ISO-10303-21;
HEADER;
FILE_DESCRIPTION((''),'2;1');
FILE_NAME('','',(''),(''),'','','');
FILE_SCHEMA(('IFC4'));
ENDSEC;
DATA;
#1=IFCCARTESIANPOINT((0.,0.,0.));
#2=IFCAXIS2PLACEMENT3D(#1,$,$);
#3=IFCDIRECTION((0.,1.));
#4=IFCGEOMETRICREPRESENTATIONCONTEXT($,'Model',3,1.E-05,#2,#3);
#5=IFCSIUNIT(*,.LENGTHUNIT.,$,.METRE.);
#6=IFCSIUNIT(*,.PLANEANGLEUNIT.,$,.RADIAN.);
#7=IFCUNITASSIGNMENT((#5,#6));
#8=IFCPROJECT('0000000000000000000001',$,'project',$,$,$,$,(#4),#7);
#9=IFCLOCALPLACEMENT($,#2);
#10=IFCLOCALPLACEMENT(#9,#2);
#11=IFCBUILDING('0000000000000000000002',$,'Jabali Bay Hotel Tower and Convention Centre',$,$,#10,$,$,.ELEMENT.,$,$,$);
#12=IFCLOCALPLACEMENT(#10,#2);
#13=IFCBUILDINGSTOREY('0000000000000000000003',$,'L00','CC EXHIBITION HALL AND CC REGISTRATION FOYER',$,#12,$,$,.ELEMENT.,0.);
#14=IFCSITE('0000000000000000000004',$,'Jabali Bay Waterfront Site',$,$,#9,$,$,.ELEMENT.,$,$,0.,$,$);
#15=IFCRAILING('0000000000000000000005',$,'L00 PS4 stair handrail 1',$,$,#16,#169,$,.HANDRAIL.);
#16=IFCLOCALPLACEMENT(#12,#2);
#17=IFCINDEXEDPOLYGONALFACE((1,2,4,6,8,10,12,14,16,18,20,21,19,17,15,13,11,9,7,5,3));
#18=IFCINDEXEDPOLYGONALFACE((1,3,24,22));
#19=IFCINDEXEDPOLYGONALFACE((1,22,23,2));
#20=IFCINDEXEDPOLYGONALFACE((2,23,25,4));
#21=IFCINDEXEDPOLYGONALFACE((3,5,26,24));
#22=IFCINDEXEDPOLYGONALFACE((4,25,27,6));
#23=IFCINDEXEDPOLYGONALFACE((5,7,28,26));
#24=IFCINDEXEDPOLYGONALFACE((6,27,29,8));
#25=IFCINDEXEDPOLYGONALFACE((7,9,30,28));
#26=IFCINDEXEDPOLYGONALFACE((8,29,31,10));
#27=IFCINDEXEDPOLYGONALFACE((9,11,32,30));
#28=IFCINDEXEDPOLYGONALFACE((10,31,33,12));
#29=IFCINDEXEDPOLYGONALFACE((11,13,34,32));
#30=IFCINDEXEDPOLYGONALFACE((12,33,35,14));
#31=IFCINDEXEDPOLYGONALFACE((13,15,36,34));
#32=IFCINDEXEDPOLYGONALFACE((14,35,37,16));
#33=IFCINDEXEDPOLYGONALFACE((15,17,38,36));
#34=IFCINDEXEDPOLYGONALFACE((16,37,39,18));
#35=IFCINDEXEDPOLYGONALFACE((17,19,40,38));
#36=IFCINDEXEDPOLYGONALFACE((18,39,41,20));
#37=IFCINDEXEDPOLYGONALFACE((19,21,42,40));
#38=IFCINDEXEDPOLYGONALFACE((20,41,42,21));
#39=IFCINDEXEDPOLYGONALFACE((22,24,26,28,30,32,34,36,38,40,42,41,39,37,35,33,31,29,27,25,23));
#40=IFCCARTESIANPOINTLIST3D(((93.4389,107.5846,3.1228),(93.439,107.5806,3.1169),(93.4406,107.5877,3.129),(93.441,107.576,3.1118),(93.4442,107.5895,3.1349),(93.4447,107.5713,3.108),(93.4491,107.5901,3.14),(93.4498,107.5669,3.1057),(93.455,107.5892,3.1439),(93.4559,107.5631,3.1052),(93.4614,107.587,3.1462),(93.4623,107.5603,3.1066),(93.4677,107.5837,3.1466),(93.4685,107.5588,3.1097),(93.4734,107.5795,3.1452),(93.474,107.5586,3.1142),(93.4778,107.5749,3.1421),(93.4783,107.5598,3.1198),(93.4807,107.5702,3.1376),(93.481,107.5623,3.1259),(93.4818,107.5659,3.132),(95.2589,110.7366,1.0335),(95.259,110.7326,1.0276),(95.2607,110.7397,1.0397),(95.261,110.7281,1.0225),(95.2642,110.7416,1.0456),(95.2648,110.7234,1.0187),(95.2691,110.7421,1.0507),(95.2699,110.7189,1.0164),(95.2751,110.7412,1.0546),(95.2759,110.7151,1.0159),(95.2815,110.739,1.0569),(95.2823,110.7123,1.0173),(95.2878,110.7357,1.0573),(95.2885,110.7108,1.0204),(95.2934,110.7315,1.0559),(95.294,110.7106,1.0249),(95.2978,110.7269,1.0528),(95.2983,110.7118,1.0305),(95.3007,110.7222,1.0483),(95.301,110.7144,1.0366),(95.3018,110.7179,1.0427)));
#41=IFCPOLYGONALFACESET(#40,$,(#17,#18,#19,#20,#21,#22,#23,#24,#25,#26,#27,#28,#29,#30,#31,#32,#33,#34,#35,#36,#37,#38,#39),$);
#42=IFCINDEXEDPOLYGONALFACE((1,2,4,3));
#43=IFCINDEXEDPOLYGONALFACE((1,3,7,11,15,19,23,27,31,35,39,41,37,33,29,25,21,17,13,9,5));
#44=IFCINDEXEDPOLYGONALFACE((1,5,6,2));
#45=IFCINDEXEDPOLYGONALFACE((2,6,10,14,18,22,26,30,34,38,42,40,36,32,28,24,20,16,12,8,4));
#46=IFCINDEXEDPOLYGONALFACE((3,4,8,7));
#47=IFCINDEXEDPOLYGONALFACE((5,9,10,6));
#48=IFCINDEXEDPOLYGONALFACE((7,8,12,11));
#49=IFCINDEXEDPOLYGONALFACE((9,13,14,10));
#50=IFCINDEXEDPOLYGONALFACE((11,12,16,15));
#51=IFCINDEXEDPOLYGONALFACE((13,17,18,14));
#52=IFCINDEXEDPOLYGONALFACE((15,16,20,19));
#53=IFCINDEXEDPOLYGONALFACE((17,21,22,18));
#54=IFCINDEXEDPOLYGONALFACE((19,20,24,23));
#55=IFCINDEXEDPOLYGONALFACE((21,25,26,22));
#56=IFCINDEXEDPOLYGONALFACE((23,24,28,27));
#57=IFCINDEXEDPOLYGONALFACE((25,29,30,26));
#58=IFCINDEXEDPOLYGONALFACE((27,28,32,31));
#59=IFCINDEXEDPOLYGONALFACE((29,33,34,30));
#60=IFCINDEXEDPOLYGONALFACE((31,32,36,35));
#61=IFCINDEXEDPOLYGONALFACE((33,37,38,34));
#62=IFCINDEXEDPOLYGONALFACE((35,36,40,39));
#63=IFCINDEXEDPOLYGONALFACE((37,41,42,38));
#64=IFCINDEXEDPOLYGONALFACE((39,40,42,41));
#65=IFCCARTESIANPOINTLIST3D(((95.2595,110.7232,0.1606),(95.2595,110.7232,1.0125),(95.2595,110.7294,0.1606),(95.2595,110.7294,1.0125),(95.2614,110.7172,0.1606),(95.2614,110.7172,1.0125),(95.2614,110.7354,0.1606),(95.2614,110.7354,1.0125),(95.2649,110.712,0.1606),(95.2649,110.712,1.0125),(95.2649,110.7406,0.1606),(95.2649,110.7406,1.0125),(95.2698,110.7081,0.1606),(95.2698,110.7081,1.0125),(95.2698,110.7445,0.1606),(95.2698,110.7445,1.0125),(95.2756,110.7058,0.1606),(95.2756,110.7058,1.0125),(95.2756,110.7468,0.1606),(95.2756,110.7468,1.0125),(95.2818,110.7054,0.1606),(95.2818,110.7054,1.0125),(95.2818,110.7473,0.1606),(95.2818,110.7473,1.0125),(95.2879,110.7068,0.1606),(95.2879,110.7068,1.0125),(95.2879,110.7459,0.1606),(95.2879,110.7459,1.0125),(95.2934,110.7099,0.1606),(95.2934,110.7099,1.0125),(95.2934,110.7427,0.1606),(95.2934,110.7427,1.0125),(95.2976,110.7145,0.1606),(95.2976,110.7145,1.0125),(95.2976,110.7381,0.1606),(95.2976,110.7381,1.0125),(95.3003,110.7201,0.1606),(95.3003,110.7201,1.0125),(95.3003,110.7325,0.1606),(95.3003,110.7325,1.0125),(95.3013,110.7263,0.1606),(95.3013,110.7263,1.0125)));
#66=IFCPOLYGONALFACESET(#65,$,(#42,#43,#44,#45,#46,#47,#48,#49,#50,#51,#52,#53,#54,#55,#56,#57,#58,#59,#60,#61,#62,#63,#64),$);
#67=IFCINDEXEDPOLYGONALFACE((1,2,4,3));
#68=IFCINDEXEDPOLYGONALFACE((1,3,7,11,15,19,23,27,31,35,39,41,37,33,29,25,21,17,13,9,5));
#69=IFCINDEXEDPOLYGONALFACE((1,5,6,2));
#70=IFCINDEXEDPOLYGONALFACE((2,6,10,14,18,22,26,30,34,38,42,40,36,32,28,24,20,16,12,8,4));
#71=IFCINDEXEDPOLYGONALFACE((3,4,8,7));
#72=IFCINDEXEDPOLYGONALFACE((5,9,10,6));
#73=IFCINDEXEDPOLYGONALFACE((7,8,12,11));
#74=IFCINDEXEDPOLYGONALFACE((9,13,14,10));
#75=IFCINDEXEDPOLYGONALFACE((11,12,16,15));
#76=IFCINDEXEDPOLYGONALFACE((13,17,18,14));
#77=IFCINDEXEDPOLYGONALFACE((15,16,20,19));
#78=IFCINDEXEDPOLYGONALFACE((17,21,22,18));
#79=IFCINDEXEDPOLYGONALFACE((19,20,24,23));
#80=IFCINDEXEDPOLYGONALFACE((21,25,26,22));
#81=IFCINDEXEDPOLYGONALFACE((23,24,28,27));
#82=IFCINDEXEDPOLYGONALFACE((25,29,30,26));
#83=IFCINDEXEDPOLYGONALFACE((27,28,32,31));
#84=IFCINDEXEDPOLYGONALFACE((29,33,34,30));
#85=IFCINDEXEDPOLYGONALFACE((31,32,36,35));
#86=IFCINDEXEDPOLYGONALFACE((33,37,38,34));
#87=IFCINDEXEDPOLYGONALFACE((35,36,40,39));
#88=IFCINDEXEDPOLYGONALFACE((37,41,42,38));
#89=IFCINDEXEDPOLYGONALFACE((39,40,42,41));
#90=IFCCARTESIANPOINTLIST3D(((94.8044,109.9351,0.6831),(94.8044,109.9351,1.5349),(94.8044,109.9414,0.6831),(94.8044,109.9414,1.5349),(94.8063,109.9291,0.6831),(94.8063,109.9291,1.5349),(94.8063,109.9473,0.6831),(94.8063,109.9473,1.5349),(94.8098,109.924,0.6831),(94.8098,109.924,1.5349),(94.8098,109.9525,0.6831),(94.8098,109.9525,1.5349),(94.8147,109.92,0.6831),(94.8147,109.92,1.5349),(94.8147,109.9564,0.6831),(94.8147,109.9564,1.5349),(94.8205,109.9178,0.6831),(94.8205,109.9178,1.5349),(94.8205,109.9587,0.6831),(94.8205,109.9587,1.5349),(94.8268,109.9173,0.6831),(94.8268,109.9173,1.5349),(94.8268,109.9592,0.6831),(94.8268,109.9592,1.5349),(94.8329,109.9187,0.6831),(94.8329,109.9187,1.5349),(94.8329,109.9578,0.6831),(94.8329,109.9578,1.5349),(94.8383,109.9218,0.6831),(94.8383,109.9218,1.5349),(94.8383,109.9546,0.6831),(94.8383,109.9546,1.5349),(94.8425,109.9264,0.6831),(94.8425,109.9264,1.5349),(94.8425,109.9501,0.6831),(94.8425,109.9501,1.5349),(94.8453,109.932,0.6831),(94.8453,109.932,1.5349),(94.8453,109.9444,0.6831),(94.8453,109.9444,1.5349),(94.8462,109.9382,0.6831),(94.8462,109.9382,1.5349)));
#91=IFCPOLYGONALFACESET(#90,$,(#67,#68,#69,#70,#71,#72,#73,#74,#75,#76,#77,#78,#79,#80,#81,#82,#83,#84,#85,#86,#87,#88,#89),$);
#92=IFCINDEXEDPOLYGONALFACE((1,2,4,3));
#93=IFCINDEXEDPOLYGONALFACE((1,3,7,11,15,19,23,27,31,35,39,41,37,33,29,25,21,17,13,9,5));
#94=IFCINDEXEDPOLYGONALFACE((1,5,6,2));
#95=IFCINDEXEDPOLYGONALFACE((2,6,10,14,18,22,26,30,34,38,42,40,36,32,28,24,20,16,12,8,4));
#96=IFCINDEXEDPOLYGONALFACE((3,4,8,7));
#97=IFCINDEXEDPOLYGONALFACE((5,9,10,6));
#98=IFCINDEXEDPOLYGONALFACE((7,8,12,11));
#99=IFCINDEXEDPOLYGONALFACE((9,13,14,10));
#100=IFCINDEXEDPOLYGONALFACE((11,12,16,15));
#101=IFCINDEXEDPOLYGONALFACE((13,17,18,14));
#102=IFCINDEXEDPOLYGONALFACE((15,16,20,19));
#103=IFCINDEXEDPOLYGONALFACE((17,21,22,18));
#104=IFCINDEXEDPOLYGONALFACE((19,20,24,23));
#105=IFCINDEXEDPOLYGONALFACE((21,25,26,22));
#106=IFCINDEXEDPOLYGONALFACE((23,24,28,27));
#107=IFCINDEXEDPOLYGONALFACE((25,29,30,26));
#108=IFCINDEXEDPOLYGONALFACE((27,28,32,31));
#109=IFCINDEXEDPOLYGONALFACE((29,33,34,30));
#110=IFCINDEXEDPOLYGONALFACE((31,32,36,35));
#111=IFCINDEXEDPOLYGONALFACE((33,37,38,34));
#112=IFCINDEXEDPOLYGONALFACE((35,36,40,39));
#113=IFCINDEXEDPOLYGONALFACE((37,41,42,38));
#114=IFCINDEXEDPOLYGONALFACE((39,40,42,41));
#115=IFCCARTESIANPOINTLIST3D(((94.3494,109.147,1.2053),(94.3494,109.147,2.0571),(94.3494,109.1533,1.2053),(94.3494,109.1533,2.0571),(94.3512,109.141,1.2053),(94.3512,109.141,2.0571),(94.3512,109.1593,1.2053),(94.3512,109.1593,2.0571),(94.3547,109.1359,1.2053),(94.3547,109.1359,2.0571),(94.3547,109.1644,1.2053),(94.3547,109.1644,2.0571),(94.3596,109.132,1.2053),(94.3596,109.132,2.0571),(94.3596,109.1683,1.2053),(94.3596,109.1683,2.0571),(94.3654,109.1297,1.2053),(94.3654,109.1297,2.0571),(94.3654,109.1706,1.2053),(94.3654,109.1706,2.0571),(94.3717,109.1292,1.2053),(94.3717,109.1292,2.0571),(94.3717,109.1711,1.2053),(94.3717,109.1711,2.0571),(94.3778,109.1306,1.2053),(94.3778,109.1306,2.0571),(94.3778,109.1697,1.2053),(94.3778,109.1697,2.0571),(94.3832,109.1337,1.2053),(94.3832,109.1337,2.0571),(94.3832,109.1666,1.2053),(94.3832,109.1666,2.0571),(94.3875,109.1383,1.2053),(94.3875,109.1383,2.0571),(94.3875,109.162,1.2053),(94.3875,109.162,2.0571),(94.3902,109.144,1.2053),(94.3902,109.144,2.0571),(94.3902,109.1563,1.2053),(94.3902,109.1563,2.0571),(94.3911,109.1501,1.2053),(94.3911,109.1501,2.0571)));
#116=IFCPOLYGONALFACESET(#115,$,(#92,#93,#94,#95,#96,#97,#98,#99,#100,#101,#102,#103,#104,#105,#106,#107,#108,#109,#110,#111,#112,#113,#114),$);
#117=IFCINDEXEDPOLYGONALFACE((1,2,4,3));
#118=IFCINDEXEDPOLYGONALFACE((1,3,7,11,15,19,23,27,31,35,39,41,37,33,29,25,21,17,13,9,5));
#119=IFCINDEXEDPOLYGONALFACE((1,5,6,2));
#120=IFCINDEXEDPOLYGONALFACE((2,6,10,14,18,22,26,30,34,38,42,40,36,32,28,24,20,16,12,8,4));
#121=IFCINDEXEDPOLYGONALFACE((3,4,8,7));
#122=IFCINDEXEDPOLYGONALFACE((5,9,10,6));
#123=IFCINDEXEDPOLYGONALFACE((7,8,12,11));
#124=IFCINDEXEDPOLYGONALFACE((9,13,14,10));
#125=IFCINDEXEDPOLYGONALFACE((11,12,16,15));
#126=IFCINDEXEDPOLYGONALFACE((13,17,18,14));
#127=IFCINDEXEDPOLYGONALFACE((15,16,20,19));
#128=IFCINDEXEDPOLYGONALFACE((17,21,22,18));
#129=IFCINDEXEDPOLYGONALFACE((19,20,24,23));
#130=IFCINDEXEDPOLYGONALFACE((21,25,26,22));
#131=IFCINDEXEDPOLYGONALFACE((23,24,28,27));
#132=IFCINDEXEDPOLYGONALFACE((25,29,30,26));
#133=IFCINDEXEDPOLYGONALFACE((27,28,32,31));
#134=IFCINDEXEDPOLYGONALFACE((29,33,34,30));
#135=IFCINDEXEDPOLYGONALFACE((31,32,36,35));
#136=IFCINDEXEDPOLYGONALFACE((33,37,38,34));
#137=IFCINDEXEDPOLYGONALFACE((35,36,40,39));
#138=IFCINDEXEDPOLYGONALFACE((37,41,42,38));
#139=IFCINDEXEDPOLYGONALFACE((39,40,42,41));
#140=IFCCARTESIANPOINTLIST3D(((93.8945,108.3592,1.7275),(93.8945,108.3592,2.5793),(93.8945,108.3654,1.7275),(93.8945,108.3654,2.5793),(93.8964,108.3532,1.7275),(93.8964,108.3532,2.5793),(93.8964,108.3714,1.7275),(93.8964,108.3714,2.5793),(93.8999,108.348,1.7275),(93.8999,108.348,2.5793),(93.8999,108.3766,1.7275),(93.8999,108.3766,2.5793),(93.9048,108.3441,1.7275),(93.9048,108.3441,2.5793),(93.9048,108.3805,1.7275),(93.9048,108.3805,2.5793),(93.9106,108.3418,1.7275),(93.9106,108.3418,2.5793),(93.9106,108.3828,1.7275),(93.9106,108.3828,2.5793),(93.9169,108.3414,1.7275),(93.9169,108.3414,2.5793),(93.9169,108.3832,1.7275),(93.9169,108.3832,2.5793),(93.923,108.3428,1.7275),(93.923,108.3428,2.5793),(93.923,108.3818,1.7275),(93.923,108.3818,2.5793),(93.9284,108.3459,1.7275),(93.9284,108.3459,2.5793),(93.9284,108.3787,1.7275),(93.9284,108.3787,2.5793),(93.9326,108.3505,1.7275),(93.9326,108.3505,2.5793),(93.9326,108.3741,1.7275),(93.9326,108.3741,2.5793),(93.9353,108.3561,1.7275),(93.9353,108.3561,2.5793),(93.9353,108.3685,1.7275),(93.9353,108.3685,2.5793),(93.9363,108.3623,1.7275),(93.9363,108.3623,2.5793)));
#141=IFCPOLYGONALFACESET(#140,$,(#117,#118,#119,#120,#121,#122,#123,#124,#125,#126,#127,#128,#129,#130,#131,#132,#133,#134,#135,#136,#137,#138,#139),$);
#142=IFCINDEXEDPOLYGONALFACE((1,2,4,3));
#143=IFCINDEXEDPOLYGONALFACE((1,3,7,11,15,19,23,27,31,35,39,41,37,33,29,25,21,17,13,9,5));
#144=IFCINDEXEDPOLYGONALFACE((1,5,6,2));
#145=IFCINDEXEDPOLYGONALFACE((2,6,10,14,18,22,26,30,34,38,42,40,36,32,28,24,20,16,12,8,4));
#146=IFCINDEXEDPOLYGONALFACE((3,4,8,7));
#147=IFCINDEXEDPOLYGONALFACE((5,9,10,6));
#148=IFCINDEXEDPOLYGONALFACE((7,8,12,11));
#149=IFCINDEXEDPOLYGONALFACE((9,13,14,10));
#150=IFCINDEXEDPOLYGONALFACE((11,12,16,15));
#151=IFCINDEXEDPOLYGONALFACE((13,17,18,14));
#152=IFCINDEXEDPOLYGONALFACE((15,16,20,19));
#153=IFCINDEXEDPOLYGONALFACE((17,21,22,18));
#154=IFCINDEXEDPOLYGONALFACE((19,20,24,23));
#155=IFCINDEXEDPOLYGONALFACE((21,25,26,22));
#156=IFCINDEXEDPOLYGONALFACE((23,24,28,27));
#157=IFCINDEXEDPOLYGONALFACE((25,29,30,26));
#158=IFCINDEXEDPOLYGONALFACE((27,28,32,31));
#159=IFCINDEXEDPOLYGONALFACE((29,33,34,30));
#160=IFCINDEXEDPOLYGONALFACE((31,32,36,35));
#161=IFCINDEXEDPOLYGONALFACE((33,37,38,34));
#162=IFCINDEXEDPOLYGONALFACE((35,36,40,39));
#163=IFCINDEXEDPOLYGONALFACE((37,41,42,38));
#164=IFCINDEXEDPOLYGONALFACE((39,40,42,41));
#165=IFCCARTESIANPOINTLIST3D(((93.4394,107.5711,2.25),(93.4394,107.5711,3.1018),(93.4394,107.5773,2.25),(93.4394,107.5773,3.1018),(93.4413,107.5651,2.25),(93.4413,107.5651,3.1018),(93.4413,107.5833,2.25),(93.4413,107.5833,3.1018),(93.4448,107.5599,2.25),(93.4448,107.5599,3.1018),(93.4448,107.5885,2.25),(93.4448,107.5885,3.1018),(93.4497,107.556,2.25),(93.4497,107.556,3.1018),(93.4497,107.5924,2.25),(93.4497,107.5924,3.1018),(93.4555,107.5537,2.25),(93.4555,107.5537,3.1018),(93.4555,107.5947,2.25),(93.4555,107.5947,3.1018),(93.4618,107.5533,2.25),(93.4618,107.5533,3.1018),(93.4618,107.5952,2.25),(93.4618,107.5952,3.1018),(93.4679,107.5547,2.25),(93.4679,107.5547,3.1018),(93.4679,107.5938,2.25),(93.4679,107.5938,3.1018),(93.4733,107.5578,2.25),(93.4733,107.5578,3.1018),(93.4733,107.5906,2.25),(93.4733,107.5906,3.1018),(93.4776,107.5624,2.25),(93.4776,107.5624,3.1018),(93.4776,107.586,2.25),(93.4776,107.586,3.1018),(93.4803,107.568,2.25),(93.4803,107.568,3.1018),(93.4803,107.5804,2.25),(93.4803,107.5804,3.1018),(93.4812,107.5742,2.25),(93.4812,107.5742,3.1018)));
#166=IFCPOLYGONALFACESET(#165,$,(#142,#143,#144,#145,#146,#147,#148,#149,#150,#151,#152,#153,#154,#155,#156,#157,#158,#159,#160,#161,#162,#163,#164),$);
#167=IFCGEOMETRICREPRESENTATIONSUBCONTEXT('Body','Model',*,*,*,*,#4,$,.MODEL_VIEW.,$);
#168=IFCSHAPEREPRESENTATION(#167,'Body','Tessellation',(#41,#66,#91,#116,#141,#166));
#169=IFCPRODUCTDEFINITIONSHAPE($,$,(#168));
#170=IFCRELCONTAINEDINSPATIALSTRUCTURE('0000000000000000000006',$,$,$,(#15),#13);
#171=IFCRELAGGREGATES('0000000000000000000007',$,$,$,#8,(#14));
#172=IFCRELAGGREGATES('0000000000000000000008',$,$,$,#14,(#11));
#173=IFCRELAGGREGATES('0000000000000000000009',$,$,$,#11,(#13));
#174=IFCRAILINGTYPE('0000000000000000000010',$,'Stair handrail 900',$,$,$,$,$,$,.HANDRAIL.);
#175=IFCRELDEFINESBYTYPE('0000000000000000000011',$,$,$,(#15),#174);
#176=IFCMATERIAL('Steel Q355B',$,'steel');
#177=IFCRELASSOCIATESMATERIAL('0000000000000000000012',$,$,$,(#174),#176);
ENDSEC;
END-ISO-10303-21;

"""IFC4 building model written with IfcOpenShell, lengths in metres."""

from ifc_helpers import new_model, si_unit, direction, frame, origin, origin_2d, place, context, subcontext, project, spatial, circle, extrude, material, type_object, element, save


model = new_model("IFC4")

# Units and contexts
model_context = context("Model", 3, precision=1e-05, world=origin(), true_north=direction((0.0, 1.0)))
body_context = subcontext(model_context, "Body", "Model", "MODEL_VIEW")
ifc_project = project(units=[si_unit("LENGTHUNIT", "METRE"), si_unit("PLANEANGLEUNIT", "RADIAN")], contexts=[model_context])

# Site, building, storey
site_placement = place(None, origin())
site = spatial("IfcSite", under=ifc_project, at=site_placement, Name="Jabali Bay Waterfront Site", CompositionType="ELEMENT", RefElevation=0.0)
building_placement = place(site_placement, origin())
building = spatial("IfcBuilding", under=site, at=building_placement, Name="Jabali Bay Hotel Tower and Convention Centre", CompositionType="ELEMENT")
storey_placement = place(building_placement, origin())
storey = spatial("IfcBuildingStorey", under=building, at=storey_placement, Name="L00", Description="CC EXHIBITION HALL AND CC REGISTRATION FOYER", CompositionType="ELEMENT", Elevation=0.0)

# Railing
ifc_material_1 = material(Name="Steel Q355B", Category="steel")
railing_type_1 = type_object("IfcRailingType", Name="Stair handrail 900", PredefinedType="HANDRAIL", material=ifc_material_1)
railing_1_placement = place(storey_placement, frame((95.2803, 110.7263, 0.1606)))
element("IfcRailing", 1, at=railing_1_placement, inside=storey, type_object=railing_type_1, Name="L00 PS4 stair handrail 1", PredefinedType="HANDRAIL", context=body_context, shape_type="SweptSolid", body=[
    extrude(circle(Radius=0.0239, at=origin_2d()), frame((0.0, 0.0, 0.876), z_axis=(-0.433672, -0.751058, 0.497836), x_axis=(0.866001, -0.500042, 0.0)), (0.0, 0.0, 1.0), 4.1968),
    extrude(circle(Radius=0.021, at=origin_2d()), origin(), (0.0, 0.0, 1.0), 0.8518),
    extrude(circle(Radius=0.021, at=origin_2d()), frame((-0.4551, -0.7881, 0.5225)), (0.0, 0.0, 1.0), 0.8518),
    extrude(circle(Radius=0.021, at=origin_2d()), frame((-0.9102, -1.5762, 1.0447)), (0.0, 0.0, 1.0), 0.8518),
    extrude(circle(Radius=0.021, at=origin_2d()), frame((-1.365, -2.364, 1.5669)), (0.0, 0.0, 1.0), 0.8518),
    extrude(circle(Radius=0.021, at=origin_2d()), frame((-1.8201, -3.1521, 2.0894)), (0.0, 0.0, 1.0), 0.8518),
])

save(model, "model.ifc")
